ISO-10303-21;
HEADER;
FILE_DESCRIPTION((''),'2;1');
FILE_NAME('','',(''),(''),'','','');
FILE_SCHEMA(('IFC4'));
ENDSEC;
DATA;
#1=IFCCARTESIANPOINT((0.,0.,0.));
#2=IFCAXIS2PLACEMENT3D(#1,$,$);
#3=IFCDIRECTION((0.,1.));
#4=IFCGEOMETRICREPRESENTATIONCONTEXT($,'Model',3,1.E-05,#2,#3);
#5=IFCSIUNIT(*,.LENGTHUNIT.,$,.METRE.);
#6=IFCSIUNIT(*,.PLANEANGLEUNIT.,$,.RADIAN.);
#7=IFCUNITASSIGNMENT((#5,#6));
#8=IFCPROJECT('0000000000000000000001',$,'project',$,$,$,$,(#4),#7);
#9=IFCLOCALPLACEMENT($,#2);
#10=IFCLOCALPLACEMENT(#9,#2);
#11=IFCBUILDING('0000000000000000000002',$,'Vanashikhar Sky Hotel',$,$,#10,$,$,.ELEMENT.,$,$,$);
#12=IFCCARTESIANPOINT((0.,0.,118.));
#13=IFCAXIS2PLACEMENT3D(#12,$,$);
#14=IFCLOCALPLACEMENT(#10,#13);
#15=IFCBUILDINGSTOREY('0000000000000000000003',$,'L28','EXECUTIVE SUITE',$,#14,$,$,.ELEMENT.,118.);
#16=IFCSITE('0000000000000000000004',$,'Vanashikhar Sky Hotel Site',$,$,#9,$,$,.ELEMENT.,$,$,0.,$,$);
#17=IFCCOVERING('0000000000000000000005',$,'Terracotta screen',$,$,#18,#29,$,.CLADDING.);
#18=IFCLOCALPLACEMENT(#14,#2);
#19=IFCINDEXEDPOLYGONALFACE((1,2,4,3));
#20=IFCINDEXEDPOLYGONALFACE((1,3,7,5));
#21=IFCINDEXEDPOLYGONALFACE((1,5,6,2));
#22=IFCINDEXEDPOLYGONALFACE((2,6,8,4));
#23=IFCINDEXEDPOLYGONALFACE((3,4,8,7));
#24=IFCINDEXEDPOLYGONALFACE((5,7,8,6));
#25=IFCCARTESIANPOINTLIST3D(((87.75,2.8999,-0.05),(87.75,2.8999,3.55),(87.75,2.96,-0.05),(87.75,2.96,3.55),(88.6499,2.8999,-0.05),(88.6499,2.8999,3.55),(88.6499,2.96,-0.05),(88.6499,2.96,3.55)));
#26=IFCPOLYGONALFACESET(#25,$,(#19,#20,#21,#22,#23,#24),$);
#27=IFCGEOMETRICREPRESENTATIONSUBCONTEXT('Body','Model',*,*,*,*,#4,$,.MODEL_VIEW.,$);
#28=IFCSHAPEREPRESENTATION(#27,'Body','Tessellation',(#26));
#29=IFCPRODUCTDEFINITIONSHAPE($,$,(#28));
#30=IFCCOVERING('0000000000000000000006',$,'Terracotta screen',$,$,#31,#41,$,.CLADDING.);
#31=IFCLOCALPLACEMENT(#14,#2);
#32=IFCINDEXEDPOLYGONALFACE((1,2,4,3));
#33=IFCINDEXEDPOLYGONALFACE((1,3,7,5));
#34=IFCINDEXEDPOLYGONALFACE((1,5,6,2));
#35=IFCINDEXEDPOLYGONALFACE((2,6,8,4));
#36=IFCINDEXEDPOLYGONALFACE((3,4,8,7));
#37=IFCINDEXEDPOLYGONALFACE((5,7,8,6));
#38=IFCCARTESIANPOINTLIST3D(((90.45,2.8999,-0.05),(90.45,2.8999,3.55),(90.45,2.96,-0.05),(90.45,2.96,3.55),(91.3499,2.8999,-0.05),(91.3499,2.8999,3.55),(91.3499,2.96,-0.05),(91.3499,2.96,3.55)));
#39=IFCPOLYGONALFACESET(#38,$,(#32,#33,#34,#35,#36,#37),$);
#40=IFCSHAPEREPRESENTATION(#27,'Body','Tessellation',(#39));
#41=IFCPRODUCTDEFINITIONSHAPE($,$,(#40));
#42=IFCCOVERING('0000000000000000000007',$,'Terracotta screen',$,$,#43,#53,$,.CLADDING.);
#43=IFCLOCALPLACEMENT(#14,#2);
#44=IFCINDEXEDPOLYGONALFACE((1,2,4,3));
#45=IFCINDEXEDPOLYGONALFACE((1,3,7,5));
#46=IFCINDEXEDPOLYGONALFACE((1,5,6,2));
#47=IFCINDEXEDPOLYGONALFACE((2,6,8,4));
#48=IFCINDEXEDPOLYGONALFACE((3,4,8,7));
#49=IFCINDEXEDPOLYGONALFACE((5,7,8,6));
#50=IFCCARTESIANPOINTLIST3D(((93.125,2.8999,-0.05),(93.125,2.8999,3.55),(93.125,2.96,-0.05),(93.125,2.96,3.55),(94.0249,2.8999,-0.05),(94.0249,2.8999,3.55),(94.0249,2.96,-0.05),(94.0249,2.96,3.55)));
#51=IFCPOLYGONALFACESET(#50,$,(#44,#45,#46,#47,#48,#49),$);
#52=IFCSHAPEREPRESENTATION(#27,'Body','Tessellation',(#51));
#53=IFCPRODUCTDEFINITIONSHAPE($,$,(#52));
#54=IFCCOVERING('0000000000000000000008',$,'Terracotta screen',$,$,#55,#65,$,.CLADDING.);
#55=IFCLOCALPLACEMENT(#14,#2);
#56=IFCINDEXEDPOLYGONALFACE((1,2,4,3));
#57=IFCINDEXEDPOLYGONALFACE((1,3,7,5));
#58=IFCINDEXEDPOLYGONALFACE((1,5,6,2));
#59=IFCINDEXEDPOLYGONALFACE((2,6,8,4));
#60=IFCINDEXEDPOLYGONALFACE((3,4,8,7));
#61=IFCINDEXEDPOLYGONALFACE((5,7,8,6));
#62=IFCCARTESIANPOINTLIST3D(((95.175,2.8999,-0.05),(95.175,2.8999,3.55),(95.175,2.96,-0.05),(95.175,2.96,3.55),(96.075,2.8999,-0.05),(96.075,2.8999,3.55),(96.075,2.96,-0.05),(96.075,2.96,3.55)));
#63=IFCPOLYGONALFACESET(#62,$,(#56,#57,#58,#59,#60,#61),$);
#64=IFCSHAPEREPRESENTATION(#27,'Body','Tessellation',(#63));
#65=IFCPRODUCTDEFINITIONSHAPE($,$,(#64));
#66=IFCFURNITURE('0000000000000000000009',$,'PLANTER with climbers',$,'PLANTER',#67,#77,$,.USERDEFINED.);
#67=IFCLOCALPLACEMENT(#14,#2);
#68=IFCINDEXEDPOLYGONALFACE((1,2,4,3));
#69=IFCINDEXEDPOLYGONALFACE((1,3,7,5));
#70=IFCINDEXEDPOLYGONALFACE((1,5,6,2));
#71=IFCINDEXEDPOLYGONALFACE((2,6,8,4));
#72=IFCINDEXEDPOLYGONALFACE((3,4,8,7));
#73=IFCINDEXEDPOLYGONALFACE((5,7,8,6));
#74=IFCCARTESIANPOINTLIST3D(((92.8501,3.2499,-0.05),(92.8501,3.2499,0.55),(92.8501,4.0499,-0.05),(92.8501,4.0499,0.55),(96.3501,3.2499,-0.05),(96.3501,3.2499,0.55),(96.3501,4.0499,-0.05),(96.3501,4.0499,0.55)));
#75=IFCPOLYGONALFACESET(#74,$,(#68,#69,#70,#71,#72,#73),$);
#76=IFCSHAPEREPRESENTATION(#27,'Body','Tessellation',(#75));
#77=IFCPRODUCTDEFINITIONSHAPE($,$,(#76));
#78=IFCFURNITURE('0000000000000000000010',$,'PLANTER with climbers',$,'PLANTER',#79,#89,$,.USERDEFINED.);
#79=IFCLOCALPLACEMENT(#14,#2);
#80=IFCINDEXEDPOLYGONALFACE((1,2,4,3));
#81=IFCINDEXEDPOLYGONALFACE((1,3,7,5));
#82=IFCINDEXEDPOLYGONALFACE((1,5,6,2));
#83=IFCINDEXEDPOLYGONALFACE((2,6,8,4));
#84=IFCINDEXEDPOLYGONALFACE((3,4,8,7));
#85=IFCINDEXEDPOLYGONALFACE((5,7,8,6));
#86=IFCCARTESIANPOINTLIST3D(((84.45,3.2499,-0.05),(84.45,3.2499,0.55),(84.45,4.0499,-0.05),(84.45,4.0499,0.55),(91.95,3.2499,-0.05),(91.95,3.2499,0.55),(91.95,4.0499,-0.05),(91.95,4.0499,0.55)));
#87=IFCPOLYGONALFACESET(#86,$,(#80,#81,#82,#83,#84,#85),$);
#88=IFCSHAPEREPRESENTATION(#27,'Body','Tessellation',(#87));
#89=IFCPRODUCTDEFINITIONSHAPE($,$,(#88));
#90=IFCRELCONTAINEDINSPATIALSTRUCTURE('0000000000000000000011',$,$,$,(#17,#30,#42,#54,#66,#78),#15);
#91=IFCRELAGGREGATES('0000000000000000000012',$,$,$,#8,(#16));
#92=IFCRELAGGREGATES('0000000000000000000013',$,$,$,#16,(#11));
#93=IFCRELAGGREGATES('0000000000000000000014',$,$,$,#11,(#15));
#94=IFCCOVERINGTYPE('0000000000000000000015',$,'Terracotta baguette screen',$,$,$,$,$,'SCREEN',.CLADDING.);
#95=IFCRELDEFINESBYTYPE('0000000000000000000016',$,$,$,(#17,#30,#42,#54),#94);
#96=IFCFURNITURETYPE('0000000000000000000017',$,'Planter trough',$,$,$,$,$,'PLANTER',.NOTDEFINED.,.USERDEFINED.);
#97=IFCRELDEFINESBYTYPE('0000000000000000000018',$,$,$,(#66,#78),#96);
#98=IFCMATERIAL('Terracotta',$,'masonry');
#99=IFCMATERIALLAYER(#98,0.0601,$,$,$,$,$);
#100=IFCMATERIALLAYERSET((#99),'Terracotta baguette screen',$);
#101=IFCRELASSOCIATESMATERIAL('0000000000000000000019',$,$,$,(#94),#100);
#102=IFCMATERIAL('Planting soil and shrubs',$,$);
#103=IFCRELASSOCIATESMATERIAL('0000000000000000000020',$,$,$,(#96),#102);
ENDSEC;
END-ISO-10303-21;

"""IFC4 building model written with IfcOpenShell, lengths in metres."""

from ifc_helpers import new_model, si_unit, direction, frame, origin, origin_2d, place, context, subcontext, project, spatial, rectangle, extrude, source, transform, mapped, material, layer, layer_set, type_object, element, save


model = new_model("IFC4")

# Units and contexts
model_context = context("Model", 3, precision=1e-05, world=origin(), true_north=direction((0.0, 1.0)))
body_context = subcontext(model_context, "Body", "Model", "MODEL_VIEW")
ifc_project = project(units=[si_unit("LENGTHUNIT", "METRE"), si_unit("PLANEANGLEUNIT", "RADIAN")], contexts=[model_context])

# Site, building, storey
site_placement = place(None, origin())
site = spatial("IfcSite", under=ifc_project, at=site_placement, Name="Vanashikhar Sky Hotel Site", CompositionType="ELEMENT", RefElevation=0.0)
building_placement = place(site_placement, origin())
building = spatial("IfcBuilding", under=site, at=building_placement, Name="Vanashikhar Sky Hotel", CompositionType="ELEMENT")
storey_placement = place(building_placement, frame((0.0, 0.0, 118.0)))
storey = spatial("IfcBuildingStorey", under=building, at=storey_placement, Name="L28", Description="EXECUTIVE SUITE", CompositionType="ELEMENT", Elevation=118.0)

# Coverings
ifc_material_1 = material(Name="Terracotta", Category="masonry")
ifc_layer_1 = layer(ifc_material_1, 0.0601)
ifc_layer_set_1 = layer_set([ifc_layer_1], Name="Terracotta baguette screen")
covering_type = type_object("IfcCoveringType", Name="Terracotta baguette screen", ElementType="SCREEN", PredefinedType="CLADDING", material=ifc_layer_set_1)
shared_shape_1 = source(origin(), body_context, "Body", "SweptSolid", [
    extrude(rectangle(XDim=0.8999, YDim=0.0601, at=origin_2d()), origin(), (0.0, 0.0, 1.0), 3.6001),
])
for number, where, z_axis, x_axis, name in (
    (1, (88.2, 2.9299, -0.05), (0.0, 0.0, 1.0), (1.0, 0.0, 0.0), "Terracotta screen"),
    (2, (90.8999, 2.9299, -0.05), (0.0, 0.0, 1.0), (1.0, 0.0, 0.0), "Terracotta screen"),
    (3, (93.575, 2.9299, -0.05), (0.0, 0.0, 1.0), (1.0, 0.0, 0.0), "Terracotta screen"),
    (4, (95.625, 2.9299, -0.05), (0.0, 0.0, 1.0), (1.0, 0.0, 0.0), "Terracotta screen"),
):
    element("IfcCovering", number, at=place(storey_placement, frame(where, z_axis=z_axis, x_axis=x_axis)), inside=storey, type_object=covering_type, Name=name, PredefinedType="CLADDING", context=body_context, shape_type="MappedRepresentation", body=[
        mapped(shared_shape_1, transform((0.0, 0.0, 0.0), scale=1.0)),
    ])

# Furniture
ifc_material_2 = material(Name="Planting soil and shrubs")
furniture_type = type_object("IfcFurnitureType", Name="Planter trough", ElementType="PLANTER", AssemblyPlace="NOTDEFINED", PredefinedType="USERDEFINED", material=ifc_material_2)
shared_shape_2 = source(origin(), body_context, "Body", "SweptSolid", [
    extrude(rectangle(XDim=3.5, YDim=0.8, at=origin_2d()), origin(), (0.0, 0.0, 1.0), 0.6001),
])
furniture_1_placement = place(storey_placement, frame((94.6001, 3.6499, -0.05), z_axis=(0.0, 0.0, 1.0), x_axis=(1.0, 0.0, 0.0)))
element("IfcFurniture", 5, at=furniture_1_placement, inside=storey, type_object=furniture_type, Name="PLANTER with climbers", ObjectType="PLANTER", PredefinedType="USERDEFINED", context=body_context, shape_type="MappedRepresentation", body=[
    mapped(shared_shape_2, transform((0.0, 0.0, 0.0), scale=1.0)),
])
shared_shape_3 = source(origin(), body_context, "Body", "SweptSolid", [
    extrude(rectangle(XDim=7.5, YDim=0.8, at=origin_2d()), origin(), (0.0, 0.0, 1.0), 0.6001),
])
furniture_2_placement = place(storey_placement, frame((88.2, 3.6499, -0.05), z_axis=(0.0, 0.0, 1.0), x_axis=(1.0, 0.0, 0.0)))
element("IfcFurniture", 6, at=furniture_2_placement, inside=storey, type_object=furniture_type, Name="PLANTER with climbers", ObjectType="PLANTER", PredefinedType="USERDEFINED", context=body_context, shape_type="MappedRepresentation", body=[
    mapped(shared_shape_3, transform((0.0, 0.0, 0.0), scale=1.0)),
])

save(model, "model.ifc")
